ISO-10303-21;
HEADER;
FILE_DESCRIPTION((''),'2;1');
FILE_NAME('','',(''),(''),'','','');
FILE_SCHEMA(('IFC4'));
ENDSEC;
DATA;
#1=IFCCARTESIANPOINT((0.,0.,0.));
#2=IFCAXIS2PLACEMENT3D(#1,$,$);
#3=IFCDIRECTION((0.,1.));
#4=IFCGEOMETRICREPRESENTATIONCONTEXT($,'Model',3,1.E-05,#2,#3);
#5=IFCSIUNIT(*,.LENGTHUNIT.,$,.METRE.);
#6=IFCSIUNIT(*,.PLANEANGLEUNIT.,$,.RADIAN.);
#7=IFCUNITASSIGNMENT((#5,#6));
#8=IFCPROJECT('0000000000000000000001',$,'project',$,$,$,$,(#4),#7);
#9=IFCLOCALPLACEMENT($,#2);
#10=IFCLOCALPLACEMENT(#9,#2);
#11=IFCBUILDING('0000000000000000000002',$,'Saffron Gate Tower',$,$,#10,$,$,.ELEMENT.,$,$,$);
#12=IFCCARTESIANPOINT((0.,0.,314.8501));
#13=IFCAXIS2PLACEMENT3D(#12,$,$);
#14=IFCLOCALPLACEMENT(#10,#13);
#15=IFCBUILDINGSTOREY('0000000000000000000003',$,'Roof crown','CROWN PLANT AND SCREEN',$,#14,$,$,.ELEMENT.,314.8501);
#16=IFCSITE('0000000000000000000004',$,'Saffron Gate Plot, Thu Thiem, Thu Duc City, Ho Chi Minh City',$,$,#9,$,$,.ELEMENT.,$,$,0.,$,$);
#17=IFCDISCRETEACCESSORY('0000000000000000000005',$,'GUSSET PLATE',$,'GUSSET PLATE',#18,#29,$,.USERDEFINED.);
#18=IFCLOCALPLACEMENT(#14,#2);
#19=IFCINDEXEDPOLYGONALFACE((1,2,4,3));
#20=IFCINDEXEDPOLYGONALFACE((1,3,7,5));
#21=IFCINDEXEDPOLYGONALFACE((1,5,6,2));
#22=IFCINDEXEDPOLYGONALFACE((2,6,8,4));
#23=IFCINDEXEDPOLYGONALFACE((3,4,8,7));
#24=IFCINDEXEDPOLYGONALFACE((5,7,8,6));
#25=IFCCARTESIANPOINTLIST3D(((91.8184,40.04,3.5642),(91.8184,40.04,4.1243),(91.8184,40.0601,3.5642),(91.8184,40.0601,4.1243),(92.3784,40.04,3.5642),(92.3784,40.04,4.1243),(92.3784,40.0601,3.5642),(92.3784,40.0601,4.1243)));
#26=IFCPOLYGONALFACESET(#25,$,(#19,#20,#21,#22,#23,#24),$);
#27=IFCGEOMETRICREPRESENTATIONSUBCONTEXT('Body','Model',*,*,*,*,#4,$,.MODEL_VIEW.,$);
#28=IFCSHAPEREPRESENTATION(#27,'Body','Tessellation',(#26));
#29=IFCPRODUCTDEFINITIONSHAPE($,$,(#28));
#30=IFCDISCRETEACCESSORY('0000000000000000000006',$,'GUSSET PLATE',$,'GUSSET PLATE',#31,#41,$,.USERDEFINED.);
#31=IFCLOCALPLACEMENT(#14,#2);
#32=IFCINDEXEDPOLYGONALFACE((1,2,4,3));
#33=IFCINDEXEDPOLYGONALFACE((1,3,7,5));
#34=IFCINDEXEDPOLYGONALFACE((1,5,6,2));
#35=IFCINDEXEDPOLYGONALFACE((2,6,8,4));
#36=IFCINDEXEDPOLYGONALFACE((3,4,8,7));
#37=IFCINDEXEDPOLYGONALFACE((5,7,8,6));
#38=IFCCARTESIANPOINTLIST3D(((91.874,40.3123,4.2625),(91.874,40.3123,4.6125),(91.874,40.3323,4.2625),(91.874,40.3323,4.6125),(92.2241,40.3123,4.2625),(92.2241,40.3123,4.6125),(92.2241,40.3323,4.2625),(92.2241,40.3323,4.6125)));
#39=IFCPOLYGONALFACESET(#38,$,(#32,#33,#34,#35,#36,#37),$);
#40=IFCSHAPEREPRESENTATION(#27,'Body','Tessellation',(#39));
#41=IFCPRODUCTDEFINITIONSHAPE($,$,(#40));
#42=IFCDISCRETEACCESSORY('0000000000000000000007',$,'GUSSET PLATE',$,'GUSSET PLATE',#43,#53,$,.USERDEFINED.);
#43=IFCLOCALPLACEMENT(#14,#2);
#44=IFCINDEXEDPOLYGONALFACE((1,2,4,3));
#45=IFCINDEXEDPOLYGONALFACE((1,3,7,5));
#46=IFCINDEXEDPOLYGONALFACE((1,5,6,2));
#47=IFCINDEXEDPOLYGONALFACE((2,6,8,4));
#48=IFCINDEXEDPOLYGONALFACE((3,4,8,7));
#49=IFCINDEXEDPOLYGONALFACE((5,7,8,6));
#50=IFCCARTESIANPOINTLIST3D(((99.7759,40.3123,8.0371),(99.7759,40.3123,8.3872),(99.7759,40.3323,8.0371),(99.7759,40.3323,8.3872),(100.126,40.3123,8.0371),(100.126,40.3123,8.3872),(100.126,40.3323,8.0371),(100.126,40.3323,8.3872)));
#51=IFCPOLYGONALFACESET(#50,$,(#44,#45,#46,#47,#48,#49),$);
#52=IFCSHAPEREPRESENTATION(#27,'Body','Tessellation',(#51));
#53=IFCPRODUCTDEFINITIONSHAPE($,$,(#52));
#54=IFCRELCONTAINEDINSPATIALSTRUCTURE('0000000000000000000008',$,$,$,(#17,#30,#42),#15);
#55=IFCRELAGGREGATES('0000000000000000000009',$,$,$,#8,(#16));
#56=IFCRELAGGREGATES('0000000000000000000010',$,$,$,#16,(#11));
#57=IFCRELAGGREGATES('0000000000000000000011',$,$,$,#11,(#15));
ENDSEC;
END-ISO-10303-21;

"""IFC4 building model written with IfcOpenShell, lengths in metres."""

from ifc_helpers import new_model, si_unit, direction, frame, origin, origin_2d, place, context, subcontext, project, spatial, rectangle, extrude, element, save


model = new_model("IFC4")

# Units and contexts
model_context = context("Model", 3, precision=1e-05, world=origin(), true_north=direction((0.0, 1.0)))
body_context = subcontext(model_context, "Body", "Model", "MODEL_VIEW")
ifc_project = project(units=[si_unit("LENGTHUNIT", "METRE"), si_unit("PLANEANGLEUNIT", "RADIAN")], contexts=[model_context])

# Site, building, storey
site_placement = place(None, origin())
site = spatial("IfcSite", under=ifc_project, at=site_placement, Name="Saffron Gate Plot, Thu Thiem, Thu Duc City, Ho Chi Minh City", CompositionType="ELEMENT", RefElevation=0.0)
building_placement = place(site_placement, origin())
building = spatial("IfcBuilding", under=site, at=building_placement, Name="Saffron Gate Tower", CompositionType="ELEMENT")
storey_placement = place(building_placement, frame((0.0, 0.0, 314.8501)))
storey = spatial("IfcBuildingStorey", under=building, at=storey_placement, Name="Roof crown", Description="CROWN PLANT AND SCREEN", CompositionType="ELEMENT", Elevation=314.8501)

# Discrete accessories
for number, where, z_axis, x_axis, name in (
    (1, (92.0984, 40.05, 3.5642), (0.0, 0.0, 1.0), (-1.0, 0.0, 0.0), "GUSSET PLATE"),
):
    element("IfcDiscreteAccessory", number, at=place(storey_placement, frame(where, z_axis=z_axis, x_axis=x_axis)), inside=storey, Name=name, ObjectType="GUSSET PLATE", PredefinedType="USERDEFINED", context=body_context, shape_type="SweptSolid", body=[
        extrude(rectangle(XDim=0.5601, YDim=0.02, at=origin_2d()), origin(), (0.0, 0.0, 1.0), 0.5601),
    ])
for number, where, z_axis, x_axis, name in (
    (2, (92.0491, 40.3223, 4.2625), (0.0, 0.0, 1.0), (1.0, 0.0, 0.0), "GUSSET PLATE"),
    (3, (99.9509, 40.3223, 8.0371), (0.0, 0.0, 1.0), (1.0, 0.0, 0.0), "GUSSET PLATE"),
):
    element("IfcDiscreteAccessory", number, at=place(storey_placement, frame(where, z_axis=z_axis, x_axis=x_axis)), inside=storey, Name=name, ObjectType="GUSSET PLATE", PredefinedType="USERDEFINED", context=body_context, shape_type="SweptSolid", body=[
        extrude(rectangle(XDim=0.3501, YDim=0.02, at=origin_2d()), origin(), (0.0, 0.0, 1.0), 0.3501),
    ])

save(model, "model.ifc")
